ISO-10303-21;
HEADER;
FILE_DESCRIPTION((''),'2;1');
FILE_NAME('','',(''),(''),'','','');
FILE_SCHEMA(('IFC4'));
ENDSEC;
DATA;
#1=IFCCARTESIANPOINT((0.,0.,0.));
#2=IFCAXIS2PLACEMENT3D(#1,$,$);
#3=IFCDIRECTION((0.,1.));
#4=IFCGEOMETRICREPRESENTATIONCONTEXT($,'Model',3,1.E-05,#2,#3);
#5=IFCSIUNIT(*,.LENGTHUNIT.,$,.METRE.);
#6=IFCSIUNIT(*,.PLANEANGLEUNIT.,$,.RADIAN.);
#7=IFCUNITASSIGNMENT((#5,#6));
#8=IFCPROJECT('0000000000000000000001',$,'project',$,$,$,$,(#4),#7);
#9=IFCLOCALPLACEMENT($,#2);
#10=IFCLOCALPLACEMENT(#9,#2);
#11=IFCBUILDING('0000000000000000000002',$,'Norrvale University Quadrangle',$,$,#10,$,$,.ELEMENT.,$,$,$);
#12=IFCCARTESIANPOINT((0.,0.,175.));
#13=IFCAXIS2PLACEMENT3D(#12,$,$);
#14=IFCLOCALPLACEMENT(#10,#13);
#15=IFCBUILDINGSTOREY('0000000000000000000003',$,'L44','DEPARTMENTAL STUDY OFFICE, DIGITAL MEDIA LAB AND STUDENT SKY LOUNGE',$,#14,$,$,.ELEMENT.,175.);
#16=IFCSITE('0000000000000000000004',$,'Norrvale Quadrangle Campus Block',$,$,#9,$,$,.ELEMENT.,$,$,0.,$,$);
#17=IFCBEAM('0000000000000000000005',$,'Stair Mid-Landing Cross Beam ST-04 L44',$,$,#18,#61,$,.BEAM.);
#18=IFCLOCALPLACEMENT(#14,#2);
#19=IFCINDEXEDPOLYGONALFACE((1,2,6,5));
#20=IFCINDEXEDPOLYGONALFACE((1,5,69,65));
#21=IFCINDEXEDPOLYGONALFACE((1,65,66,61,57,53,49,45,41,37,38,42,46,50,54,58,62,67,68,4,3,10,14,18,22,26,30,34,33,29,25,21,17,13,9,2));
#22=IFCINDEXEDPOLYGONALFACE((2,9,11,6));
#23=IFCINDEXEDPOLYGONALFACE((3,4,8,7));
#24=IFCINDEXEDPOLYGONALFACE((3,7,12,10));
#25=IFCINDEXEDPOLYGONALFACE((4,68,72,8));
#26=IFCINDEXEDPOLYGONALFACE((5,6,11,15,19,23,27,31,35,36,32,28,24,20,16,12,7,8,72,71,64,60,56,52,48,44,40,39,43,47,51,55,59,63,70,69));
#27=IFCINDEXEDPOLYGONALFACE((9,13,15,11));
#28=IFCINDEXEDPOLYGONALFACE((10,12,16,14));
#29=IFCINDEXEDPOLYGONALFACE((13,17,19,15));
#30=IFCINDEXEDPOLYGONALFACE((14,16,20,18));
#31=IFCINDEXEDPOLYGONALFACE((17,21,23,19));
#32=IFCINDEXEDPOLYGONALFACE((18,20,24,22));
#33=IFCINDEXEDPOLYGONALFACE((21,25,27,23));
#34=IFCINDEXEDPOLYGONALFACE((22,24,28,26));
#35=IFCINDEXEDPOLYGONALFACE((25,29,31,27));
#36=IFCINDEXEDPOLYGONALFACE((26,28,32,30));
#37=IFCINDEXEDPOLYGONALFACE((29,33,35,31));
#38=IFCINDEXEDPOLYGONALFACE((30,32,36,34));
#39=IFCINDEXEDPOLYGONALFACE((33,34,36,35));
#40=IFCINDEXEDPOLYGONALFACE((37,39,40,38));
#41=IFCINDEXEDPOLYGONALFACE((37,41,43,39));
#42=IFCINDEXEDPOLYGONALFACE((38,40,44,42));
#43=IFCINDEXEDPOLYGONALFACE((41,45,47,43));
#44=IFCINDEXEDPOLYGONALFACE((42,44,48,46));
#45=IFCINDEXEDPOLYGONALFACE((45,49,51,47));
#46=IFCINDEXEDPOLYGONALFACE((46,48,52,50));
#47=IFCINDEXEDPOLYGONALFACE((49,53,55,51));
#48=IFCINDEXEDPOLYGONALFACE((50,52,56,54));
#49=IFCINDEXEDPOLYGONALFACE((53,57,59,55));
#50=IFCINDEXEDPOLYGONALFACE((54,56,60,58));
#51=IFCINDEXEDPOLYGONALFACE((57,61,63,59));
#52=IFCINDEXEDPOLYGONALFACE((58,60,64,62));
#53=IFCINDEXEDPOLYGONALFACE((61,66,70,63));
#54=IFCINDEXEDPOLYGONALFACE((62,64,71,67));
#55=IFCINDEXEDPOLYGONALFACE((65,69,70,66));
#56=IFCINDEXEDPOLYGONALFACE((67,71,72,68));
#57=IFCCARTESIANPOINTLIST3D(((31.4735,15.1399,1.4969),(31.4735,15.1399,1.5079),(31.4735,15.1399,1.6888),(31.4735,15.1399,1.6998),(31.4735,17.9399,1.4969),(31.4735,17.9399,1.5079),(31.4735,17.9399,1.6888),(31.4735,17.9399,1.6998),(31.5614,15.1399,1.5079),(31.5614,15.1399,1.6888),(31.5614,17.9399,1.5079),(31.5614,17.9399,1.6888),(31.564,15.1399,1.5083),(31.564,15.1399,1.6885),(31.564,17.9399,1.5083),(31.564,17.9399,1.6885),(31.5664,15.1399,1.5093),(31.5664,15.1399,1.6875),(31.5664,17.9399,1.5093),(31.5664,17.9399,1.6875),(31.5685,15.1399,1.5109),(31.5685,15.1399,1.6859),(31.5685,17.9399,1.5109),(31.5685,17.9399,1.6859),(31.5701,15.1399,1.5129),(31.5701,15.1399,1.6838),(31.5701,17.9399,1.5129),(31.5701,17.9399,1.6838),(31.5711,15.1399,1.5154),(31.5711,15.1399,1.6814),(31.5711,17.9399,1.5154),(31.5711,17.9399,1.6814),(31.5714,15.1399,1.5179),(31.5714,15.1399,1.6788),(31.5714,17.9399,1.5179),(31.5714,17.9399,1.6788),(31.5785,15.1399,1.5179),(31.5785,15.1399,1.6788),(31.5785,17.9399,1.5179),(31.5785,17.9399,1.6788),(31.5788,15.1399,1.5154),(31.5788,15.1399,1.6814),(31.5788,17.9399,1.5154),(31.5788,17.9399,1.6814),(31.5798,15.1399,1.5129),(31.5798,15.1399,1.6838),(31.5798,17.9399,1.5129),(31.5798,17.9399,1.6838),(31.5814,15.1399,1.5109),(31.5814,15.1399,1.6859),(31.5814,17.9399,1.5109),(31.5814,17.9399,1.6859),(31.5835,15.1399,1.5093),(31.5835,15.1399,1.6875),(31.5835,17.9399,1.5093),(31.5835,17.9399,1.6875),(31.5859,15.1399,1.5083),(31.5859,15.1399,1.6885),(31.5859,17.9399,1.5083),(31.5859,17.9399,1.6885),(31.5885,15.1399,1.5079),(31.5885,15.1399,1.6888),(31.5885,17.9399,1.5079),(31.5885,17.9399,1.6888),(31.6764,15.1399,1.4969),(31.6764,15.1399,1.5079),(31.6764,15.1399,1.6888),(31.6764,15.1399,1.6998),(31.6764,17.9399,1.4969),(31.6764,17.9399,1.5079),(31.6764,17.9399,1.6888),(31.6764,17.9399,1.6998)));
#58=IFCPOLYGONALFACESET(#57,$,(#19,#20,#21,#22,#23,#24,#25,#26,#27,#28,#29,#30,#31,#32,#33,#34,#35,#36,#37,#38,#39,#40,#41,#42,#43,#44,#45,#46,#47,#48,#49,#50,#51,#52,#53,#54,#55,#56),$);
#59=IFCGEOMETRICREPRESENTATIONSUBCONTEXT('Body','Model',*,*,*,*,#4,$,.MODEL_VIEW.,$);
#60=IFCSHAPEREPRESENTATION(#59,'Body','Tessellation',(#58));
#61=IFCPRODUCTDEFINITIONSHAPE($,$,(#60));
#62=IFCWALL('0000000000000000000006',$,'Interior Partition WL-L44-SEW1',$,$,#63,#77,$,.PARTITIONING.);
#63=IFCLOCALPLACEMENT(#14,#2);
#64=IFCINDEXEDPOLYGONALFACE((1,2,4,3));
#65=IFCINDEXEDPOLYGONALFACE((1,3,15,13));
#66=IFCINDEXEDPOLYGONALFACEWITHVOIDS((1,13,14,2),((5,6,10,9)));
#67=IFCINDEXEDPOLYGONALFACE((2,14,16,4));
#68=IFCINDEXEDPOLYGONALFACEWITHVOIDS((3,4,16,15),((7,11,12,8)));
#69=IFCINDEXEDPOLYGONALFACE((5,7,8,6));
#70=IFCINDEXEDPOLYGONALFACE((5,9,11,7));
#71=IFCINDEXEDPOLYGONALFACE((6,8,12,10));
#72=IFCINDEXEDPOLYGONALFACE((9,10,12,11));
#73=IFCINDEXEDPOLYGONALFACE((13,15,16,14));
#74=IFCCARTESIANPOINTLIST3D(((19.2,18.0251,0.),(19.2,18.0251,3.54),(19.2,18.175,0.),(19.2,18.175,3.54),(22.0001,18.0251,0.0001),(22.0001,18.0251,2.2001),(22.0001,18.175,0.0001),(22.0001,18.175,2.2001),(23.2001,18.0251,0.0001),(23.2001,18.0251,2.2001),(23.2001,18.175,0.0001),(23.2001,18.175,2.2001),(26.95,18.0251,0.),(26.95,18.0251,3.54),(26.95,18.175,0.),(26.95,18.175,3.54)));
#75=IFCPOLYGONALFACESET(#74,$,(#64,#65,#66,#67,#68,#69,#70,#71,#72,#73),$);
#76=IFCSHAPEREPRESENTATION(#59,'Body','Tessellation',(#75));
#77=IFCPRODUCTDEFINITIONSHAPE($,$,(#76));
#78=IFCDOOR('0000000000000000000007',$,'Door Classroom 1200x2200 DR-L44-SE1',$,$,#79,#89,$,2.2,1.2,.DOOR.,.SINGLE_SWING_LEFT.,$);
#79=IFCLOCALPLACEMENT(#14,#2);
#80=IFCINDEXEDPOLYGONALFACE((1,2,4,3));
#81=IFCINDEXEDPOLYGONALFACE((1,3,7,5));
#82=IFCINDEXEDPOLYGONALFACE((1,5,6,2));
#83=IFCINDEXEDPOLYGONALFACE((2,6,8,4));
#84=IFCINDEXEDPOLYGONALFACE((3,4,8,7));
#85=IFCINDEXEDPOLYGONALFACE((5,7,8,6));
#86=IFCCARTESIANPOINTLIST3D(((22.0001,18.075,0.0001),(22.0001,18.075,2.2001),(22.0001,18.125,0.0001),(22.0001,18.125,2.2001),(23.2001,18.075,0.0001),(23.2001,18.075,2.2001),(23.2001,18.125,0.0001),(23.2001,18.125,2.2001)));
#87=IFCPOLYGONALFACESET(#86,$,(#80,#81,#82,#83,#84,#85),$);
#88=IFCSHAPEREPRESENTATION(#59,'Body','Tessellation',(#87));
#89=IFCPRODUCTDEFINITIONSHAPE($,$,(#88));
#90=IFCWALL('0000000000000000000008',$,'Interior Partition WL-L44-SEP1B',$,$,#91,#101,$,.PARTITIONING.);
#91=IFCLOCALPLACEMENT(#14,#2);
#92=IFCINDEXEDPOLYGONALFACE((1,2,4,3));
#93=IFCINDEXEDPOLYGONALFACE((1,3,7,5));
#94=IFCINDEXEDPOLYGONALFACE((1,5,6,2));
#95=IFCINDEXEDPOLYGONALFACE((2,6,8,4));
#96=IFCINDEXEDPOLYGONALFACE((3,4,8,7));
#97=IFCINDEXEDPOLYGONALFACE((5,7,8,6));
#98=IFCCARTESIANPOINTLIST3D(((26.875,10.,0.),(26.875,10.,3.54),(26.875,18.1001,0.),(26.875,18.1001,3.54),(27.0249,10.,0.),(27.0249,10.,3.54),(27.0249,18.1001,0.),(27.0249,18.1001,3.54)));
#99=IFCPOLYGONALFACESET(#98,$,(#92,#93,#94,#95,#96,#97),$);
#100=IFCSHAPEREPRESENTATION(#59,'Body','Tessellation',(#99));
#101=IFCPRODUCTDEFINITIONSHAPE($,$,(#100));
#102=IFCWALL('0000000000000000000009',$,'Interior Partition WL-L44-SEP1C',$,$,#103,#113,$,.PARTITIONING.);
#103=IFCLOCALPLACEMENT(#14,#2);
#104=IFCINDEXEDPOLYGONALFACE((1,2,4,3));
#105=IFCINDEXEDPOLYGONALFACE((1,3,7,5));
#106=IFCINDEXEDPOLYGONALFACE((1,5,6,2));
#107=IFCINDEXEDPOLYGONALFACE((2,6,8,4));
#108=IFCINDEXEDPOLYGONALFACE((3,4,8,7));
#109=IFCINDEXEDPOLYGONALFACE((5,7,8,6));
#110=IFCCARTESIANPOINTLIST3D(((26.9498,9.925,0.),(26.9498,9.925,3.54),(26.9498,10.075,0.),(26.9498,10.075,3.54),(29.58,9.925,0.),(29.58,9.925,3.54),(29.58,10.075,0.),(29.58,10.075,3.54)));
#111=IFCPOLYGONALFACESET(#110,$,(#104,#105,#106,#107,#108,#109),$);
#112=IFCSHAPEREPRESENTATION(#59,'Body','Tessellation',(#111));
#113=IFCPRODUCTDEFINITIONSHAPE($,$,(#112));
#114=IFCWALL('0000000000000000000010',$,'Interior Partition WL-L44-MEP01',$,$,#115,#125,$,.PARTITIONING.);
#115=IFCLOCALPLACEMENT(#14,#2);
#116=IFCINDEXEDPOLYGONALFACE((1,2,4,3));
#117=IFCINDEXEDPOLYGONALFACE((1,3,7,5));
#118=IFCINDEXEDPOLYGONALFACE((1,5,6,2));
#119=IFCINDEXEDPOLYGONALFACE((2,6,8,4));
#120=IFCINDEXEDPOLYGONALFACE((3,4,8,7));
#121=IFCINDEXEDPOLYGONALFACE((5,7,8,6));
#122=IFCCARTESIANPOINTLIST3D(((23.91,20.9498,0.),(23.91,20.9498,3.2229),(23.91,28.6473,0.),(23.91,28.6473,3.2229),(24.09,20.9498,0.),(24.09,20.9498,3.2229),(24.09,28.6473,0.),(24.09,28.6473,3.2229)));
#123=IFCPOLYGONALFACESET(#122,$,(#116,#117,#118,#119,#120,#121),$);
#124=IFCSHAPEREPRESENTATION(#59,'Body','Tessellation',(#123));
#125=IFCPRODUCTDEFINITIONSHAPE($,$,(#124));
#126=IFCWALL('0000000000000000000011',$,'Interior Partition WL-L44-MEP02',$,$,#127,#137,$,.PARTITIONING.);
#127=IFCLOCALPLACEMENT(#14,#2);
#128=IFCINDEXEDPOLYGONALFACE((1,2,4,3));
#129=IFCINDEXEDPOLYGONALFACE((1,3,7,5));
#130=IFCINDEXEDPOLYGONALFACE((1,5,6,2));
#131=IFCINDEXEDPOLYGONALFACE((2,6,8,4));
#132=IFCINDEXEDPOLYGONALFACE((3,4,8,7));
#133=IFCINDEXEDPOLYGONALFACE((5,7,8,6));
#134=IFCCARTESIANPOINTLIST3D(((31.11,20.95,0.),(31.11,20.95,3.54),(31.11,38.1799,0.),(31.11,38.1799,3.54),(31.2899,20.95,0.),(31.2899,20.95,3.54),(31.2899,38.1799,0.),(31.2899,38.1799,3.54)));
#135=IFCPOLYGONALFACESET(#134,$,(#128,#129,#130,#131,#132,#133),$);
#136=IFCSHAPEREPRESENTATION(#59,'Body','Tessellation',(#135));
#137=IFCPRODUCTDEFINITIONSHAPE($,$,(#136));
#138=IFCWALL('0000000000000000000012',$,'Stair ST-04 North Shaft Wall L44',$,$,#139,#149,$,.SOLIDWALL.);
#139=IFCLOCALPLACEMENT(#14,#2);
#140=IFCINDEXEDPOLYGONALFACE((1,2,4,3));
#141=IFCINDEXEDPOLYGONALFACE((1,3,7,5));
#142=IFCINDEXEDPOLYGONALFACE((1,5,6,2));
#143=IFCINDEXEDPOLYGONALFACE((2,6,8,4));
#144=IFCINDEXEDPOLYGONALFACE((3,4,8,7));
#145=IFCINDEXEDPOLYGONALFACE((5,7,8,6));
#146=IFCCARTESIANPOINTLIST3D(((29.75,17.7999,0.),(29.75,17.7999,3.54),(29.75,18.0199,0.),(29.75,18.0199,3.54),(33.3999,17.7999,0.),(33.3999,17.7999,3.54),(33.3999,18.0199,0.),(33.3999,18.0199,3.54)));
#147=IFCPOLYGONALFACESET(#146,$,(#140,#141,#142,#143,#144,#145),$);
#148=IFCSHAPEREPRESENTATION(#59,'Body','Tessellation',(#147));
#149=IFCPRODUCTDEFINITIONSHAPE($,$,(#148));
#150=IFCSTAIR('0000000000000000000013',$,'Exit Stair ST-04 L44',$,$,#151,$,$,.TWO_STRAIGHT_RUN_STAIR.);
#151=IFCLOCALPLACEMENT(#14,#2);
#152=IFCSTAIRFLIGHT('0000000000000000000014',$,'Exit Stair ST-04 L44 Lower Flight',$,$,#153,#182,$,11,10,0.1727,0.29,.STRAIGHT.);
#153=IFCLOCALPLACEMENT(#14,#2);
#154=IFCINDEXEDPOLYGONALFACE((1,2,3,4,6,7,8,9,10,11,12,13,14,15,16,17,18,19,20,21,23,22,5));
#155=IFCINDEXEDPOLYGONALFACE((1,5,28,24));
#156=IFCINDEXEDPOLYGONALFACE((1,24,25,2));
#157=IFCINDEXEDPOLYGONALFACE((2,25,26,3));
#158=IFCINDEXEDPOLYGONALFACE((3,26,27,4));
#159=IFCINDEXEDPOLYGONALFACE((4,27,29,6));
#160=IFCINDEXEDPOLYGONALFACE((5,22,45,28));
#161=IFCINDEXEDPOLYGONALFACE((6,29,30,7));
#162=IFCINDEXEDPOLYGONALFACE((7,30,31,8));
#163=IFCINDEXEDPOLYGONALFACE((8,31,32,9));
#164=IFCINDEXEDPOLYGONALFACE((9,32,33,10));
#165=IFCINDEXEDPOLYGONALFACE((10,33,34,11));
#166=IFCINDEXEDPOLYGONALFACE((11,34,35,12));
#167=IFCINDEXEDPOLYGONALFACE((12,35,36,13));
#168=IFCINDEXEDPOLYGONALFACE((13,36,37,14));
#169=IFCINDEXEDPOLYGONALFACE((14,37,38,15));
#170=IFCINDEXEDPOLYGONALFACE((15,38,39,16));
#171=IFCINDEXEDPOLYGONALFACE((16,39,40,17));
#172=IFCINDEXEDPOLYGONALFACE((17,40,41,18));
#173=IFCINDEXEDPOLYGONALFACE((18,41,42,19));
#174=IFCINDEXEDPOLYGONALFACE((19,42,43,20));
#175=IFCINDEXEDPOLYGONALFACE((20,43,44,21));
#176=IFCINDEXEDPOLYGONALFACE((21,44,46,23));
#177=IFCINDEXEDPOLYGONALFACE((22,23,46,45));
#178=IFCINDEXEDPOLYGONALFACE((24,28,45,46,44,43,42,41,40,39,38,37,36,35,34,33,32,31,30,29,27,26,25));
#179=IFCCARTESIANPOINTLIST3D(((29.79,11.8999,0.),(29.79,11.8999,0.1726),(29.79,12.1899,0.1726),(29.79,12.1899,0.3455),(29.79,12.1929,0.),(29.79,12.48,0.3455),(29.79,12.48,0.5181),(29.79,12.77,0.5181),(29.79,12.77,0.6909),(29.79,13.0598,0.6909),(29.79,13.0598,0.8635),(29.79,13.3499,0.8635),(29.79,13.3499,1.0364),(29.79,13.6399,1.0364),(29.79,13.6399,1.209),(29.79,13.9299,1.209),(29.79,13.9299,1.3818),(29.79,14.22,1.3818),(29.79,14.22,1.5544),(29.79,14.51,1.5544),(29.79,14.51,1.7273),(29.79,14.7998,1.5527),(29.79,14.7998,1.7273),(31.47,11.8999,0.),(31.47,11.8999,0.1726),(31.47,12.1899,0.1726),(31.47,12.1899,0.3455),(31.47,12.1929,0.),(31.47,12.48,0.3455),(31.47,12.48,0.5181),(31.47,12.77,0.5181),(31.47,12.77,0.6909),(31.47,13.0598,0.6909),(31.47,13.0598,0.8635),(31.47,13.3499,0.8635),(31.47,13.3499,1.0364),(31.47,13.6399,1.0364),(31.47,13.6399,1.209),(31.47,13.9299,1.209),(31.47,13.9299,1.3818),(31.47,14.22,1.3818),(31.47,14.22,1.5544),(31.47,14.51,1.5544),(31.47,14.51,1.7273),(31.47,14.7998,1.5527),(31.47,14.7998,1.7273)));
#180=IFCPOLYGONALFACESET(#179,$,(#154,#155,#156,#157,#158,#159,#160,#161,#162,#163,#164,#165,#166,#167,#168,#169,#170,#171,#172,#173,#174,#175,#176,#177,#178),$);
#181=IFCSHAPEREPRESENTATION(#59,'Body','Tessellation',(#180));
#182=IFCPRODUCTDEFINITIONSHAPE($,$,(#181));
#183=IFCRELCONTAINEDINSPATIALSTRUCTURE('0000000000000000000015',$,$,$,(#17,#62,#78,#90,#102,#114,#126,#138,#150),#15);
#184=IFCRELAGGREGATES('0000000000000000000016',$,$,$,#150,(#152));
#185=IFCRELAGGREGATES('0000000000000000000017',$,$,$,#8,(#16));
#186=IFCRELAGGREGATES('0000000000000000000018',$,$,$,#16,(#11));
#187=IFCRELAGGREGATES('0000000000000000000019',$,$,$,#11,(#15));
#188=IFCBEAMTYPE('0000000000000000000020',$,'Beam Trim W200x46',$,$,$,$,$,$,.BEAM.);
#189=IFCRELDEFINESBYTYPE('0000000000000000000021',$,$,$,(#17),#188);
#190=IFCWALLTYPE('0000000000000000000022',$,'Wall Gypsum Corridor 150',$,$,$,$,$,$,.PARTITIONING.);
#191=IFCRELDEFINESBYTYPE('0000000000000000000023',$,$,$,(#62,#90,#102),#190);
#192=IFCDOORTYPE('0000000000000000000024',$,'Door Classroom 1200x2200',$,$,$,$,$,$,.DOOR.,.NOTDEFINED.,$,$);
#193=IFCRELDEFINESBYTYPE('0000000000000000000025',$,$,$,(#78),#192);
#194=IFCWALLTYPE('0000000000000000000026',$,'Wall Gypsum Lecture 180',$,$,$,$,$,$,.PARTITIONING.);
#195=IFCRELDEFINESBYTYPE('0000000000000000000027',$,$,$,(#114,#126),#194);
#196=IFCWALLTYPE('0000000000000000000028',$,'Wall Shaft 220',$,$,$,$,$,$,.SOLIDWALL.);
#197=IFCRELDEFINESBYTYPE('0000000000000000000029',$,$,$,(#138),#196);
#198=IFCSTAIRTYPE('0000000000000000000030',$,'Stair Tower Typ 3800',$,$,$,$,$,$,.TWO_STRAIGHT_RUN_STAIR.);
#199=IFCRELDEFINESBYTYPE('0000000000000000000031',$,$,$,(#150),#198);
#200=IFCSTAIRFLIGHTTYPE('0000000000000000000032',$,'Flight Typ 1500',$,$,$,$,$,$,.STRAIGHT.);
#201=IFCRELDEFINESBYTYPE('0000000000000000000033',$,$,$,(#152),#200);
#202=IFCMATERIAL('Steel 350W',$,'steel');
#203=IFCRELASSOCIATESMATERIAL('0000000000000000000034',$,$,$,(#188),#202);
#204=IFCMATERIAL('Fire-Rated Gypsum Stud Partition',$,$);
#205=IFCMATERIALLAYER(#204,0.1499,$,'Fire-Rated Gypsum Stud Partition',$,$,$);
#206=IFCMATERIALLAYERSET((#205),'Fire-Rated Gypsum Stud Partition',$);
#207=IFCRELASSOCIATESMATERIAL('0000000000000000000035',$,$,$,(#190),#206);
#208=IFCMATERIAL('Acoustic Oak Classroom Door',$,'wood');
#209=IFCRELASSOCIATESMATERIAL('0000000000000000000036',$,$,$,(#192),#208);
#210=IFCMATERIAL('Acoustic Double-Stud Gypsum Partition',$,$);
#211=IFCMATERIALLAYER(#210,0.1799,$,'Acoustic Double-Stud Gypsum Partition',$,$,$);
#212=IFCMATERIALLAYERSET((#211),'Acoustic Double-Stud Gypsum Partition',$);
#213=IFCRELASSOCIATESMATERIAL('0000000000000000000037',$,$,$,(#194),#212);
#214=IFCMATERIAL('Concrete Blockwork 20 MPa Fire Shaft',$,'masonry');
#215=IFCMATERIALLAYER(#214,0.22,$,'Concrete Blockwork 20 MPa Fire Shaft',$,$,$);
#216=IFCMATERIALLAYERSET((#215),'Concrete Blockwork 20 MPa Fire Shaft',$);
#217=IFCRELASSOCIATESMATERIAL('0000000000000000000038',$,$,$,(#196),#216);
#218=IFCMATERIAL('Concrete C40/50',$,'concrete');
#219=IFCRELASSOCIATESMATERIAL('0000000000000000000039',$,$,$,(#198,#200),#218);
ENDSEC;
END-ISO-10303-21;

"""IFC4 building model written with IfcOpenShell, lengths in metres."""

from ifc_helpers import new_model, si_unit, direction, frame, frame_2d, origin, origin_2d, place, context, subcontext, project, spatial, polyline, rectangle, i_section, outline, extrude, material, layer, layer_set, material_profile, profile_set, type_object, element, fill, aggregate, save


model = new_model("IFC4")

# Units and contexts
model_context = context("Model", 3, precision=1e-05, world=origin(), true_north=direction((0.0, 1.0)))
body_context = subcontext(model_context, "Body", "Model", "MODEL_VIEW")
ifc_project = project(units=[si_unit("LENGTHUNIT", "METRE"), si_unit("PLANEANGLEUNIT", "RADIAN")], contexts=[model_context])

# Site, building, storey
site_placement = place(None, origin())
site = spatial("IfcSite", under=ifc_project, at=site_placement, Name="Norrvale Quadrangle Campus Block", CompositionType="ELEMENT", RefElevation=0.0)
building_placement = place(site_placement, origin())
building = spatial("IfcBuilding", under=site, at=building_placement, Name="Norrvale University Quadrangle", CompositionType="ELEMENT")
storey_placement = place(building_placement, frame((0.0, 0.0, 175.0)))
storey = spatial("IfcBuildingStorey", under=building, at=storey_placement, Name="L44", Description="DEPARTMENTAL STUDY OFFICE, DIGITAL MEDIA LAB AND STUDENT SKY LOUNGE", CompositionType="ELEMENT", Elevation=175.0)

# Beam
ifc_material_1 = material(Name="Steel 350W", Category="steel")
ifc_material_profile_1 = material_profile(ifc_material_1, i_section(OverallWidth=0.2029, OverallDepth=0.2029, WebThickness=0.0071, FlangeThickness=0.011, FilletRadius=0.01, at=origin_2d()), Name="Steel 350W")
ifc_profile_set_1 = profile_set([ifc_material_profile_1], Name="Steel 350W")
beam_type_1 = type_object("IfcBeamType", Name="Beam Trim W200x46", PredefinedType="BEAM", material=ifc_profile_set_1)
beam_1_placement = place(storey_placement, frame((31.575, 15.1399, 1.5984), z_axis=(0.0, 1.0, 0.0), x_axis=(-1.0, 0.0, 0.0)))
element("IfcBeam", 1, at=beam_1_placement, inside=storey, type_object=beam_type_1, Name="Stair Mid-Landing Cross Beam ST-04 L44", PredefinedType="BEAM", context=body_context, shape_type="SweptSolid", body=[
    extrude(i_section(OverallWidth=0.2029, OverallDepth=0.2029, WebThickness=0.0071, FlangeThickness=0.011, FilletRadius=0.01, at=origin_2d()), origin(), (0.0, 0.0, 1.0), 2.8),
])

# Wall, opening, door
ifc_material_2 = material(Name="Fire-Rated Gypsum Stud Partition")
ifc_layer_1 = layer(ifc_material_2, 0.1499, Name="Fire-Rated Gypsum Stud Partition")
ifc_layer_set_1 = layer_set([ifc_layer_1], Name="Fire-Rated Gypsum Stud Partition")
wall_type_1 = type_object("IfcWallType", Name="Wall Gypsum Corridor 150", PredefinedType="PARTITIONING", material=ifc_layer_set_1)
wall_1_placement = place(storey_placement, frame((19.2, 18.1001, 0.0), z_axis=(0.0, 0.0, 1.0), x_axis=(1.0, 0.0, 0.0)))
wall_1 = element("IfcWall", 2, at=wall_1_placement, inside=storey, type_object=wall_type_1, Name="Interior Partition WL-L44-SEW1", PredefinedType="PARTITIONING", context=body_context, shape_type="SweptSolid", body=[
    extrude(rectangle(XDim=7.75, YDim=0.1499, at=frame_2d((3.875, 0.0))), origin(), (0.0, 0.0, 1.0), 3.54),
])
opening_placement = place(wall_1_placement, frame((2.8, 0.0, 0.0)))
opening = element("IfcOpeningElement", 3, at=opening_placement, cuts=wall_1, PredefinedType="OPENING", context=body_context, shape_type="SweptSolid", body=[
    extrude(rectangle(XDim=1.2, YDim=2.2, at=frame_2d((0.6001, 1.1001))), frame((0.0, 0.0869, 0.0), z_axis=(0.0, -1.0, 0.0), x_axis=(1.0, 0.0, 0.0)), (0.0, 0.0, 1.0), 0.1738),
])
ifc_material_3 = material(Name="Acoustic Oak Classroom Door", Category="wood")
door_type = type_object("IfcDoorType", Name="Door Classroom 1200x2200", OperationType="NOTDEFINED", PredefinedType="DOOR", material=ifc_material_3)
door_placement = place(opening_placement, origin())
door = element("IfcDoor", 4, at=door_placement, inside=storey, type_object=door_type, Name="Door Classroom 1200x2200 DR-L44-SE1", OperationType="SINGLE_SWING_LEFT", OverallHeight=2.2, OverallWidth=1.2, PredefinedType="DOOR", context=body_context, shape_type="SweptSolid", body=[
    extrude(rectangle(XDim=1.2, YDim=2.2, at=frame_2d((0.6001, 1.1001))), frame((0.0, 0.0249, 0.0), z_axis=(0.0, -1.0, 0.0), x_axis=(1.0, 0.0, 0.0)), (0.0, 0.0, 1.0), 0.05),
])
fill(opening, door)

# Walls
wall_2_placement = place(storey_placement, frame((26.95, 10.0, 0.0), z_axis=(0.0, 0.0, 1.0), x_axis=(0.0, 1.0, 0.0)))
element("IfcWall", 5, at=wall_2_placement, inside=storey, type_object=wall_type_1, Name="Interior Partition WL-L44-SEP1B", PredefinedType="PARTITIONING", context=body_context, shape_type="SweptSolid", body=[
    extrude(rectangle(XDim=8.1001, YDim=0.1499, at=frame_2d((4.05, 0.0))), origin(), (0.0, 0.0, 1.0), 3.54),
])
wall_3_placement = place(storey_placement, frame((26.95, 10.0, 0.0), z_axis=(0.0, 0.0, 1.0), x_axis=(1.0, 0.0, 0.0)))
element("IfcWall", 6, at=wall_3_placement, inside=storey, type_object=wall_type_1, Name="Interior Partition WL-L44-SEP1C", PredefinedType="PARTITIONING", context=body_context, shape_type="SweptSolid", body=[
    extrude(rectangle(XDim=2.6301, YDim=0.1499, at=frame_2d((1.3149, 0.0))), origin(), (0.0, 0.0, 1.0), 3.54),
])
ifc_material_4 = material(Name="Acoustic Double-Stud Gypsum Partition")
ifc_layer_2 = layer(ifc_material_4, 0.1799, Name="Acoustic Double-Stud Gypsum Partition")
ifc_layer_set_2 = layer_set([ifc_layer_2], Name="Acoustic Double-Stud Gypsum Partition")
wall_type_2 = type_object("IfcWallType", Name="Wall Gypsum Lecture 180", PredefinedType="PARTITIONING", material=ifc_layer_set_2)
wall_4_placement = place(storey_placement, frame((24.0, 20.95, 0.0), z_axis=(0.0, 0.0, 1.0), x_axis=(0.0, 1.0, 0.0)))
element("IfcWall", 7, at=wall_4_placement, inside=storey, type_object=wall_type_2, Name="Interior Partition WL-L44-MEP01", PredefinedType="PARTITIONING", context=body_context, shape_type="SweptSolid", body=[
    extrude(rectangle(XDim=7.6975, YDim=0.1799, at=frame_2d((3.8486, 0.0))), origin(), (0.0, 0.0, 1.0), 3.2229),
])
wall_5_placement = place(storey_placement, frame((31.2, 20.95, 0.0), z_axis=(0.0, 0.0, 1.0), x_axis=(0.0, 1.0, 0.0)))
element("IfcWall", 8, at=wall_5_placement, inside=storey, type_object=wall_type_2, Name="Interior Partition WL-L44-MEP02", PredefinedType="PARTITIONING", context=body_context, shape_type="SweptSolid", body=[
    extrude(rectangle(XDim=17.23, YDim=0.1799, at=frame_2d((8.615, 0.0))), origin(), (0.0, 0.0, 1.0), 3.54),
])
ifc_material_5 = material(Name="Concrete Blockwork 20 MPa Fire Shaft", Category="masonry")
ifc_layer_3 = layer(ifc_material_5, 0.22, Name="Concrete Blockwork 20 MPa Fire Shaft")
ifc_layer_set_3 = layer_set([ifc_layer_3], Name="Concrete Blockwork 20 MPa Fire Shaft")
wall_type_3 = type_object("IfcWallType", Name="Wall Shaft 220", PredefinedType="SOLIDWALL", material=ifc_layer_set_3)
wall_6_placement = place(storey_placement, frame((29.75, 17.9099, 0.0), z_axis=(0.0, 0.0, 1.0), x_axis=(1.0, 0.0, 0.0)))
element("IfcWall", 9, at=wall_6_placement, inside=storey, type_object=wall_type_3, Name="Stair ST-04 North Shaft Wall L44", PredefinedType="SOLIDWALL", context=body_context, shape_type="SweptSolid", body=[
    extrude(rectangle(XDim=3.6499, YDim=0.22, at=frame_2d((1.825, 0.0))), origin(), (0.0, 0.0, 1.0), 3.54),
])

# Stair, stair flight
ifc_material_6 = material(Name="Concrete C40/50", Category="concrete")
stair_type = type_object("IfcStairType", Name="Stair Tower Typ 3800", PredefinedType="TWO_STRAIGHT_RUN_STAIR", material=ifc_material_6)
stair_placement = place(storey_placement, origin())
stair = element("IfcStair", 10, at=stair_placement, inside=storey, type_object=stair_type, Name="Exit Stair ST-04 L44", PredefinedType="TWO_STRAIGHT_RUN_STAIR")
stair_flight_type = type_object("IfcStairFlightType", Name="Flight Typ 1500", PredefinedType="STRAIGHT", material=ifc_material_6)
stair_flight_placement = place(storey_placement, frame((30.6299, 11.8999, 0.0), z_axis=(0.0, 0.0, 1.0), x_axis=(0.0, 1.0, 0.0)))
stair_flight = element("IfcStairFlight", 11, at=stair_flight_placement, type_object=stair_flight_type, Name="Exit Stair ST-04 L44 Lower Flight", NumberOfRisers=11, NumberOfTreads=10, PredefinedType="STRAIGHT", RiserHeight=0.1727, TreadLength=0.29, context=body_context, shape_type="SweptSolid", body=[
    extrude(outline(polyline([(0.0, 0.0), (0.0, 0.1726), (0.29, 0.1726), (0.29, 0.3455), (0.5801, 0.3455), (0.5801, 0.5181), (0.8701, 0.5181), (0.8701, 0.6909), (1.1599, 0.6909), (1.1599, 0.8635), (1.45, 0.8635), (1.45, 1.0364), (1.74, 1.0364), (1.74, 1.209), (2.03, 1.209), (2.03, 1.3818), (2.3201, 1.3818), (2.3201, 1.5544), (2.6101, 1.5544), (2.6101, 1.7273), (2.8999, 1.7273), (2.8999, 1.8999), (2.8999, 1.5527), (0.293, 0.0), (0.0, 0.0)])), frame((0.0, 0.8398, 0.0), z_axis=(0.0, -1.0, 0.0), x_axis=(1.0, 0.0, 0.0)), (0.0, 0.0, 1.0), 1.6799),
])
aggregate(stair, [stair_flight])

save(model, "model.ifc")
